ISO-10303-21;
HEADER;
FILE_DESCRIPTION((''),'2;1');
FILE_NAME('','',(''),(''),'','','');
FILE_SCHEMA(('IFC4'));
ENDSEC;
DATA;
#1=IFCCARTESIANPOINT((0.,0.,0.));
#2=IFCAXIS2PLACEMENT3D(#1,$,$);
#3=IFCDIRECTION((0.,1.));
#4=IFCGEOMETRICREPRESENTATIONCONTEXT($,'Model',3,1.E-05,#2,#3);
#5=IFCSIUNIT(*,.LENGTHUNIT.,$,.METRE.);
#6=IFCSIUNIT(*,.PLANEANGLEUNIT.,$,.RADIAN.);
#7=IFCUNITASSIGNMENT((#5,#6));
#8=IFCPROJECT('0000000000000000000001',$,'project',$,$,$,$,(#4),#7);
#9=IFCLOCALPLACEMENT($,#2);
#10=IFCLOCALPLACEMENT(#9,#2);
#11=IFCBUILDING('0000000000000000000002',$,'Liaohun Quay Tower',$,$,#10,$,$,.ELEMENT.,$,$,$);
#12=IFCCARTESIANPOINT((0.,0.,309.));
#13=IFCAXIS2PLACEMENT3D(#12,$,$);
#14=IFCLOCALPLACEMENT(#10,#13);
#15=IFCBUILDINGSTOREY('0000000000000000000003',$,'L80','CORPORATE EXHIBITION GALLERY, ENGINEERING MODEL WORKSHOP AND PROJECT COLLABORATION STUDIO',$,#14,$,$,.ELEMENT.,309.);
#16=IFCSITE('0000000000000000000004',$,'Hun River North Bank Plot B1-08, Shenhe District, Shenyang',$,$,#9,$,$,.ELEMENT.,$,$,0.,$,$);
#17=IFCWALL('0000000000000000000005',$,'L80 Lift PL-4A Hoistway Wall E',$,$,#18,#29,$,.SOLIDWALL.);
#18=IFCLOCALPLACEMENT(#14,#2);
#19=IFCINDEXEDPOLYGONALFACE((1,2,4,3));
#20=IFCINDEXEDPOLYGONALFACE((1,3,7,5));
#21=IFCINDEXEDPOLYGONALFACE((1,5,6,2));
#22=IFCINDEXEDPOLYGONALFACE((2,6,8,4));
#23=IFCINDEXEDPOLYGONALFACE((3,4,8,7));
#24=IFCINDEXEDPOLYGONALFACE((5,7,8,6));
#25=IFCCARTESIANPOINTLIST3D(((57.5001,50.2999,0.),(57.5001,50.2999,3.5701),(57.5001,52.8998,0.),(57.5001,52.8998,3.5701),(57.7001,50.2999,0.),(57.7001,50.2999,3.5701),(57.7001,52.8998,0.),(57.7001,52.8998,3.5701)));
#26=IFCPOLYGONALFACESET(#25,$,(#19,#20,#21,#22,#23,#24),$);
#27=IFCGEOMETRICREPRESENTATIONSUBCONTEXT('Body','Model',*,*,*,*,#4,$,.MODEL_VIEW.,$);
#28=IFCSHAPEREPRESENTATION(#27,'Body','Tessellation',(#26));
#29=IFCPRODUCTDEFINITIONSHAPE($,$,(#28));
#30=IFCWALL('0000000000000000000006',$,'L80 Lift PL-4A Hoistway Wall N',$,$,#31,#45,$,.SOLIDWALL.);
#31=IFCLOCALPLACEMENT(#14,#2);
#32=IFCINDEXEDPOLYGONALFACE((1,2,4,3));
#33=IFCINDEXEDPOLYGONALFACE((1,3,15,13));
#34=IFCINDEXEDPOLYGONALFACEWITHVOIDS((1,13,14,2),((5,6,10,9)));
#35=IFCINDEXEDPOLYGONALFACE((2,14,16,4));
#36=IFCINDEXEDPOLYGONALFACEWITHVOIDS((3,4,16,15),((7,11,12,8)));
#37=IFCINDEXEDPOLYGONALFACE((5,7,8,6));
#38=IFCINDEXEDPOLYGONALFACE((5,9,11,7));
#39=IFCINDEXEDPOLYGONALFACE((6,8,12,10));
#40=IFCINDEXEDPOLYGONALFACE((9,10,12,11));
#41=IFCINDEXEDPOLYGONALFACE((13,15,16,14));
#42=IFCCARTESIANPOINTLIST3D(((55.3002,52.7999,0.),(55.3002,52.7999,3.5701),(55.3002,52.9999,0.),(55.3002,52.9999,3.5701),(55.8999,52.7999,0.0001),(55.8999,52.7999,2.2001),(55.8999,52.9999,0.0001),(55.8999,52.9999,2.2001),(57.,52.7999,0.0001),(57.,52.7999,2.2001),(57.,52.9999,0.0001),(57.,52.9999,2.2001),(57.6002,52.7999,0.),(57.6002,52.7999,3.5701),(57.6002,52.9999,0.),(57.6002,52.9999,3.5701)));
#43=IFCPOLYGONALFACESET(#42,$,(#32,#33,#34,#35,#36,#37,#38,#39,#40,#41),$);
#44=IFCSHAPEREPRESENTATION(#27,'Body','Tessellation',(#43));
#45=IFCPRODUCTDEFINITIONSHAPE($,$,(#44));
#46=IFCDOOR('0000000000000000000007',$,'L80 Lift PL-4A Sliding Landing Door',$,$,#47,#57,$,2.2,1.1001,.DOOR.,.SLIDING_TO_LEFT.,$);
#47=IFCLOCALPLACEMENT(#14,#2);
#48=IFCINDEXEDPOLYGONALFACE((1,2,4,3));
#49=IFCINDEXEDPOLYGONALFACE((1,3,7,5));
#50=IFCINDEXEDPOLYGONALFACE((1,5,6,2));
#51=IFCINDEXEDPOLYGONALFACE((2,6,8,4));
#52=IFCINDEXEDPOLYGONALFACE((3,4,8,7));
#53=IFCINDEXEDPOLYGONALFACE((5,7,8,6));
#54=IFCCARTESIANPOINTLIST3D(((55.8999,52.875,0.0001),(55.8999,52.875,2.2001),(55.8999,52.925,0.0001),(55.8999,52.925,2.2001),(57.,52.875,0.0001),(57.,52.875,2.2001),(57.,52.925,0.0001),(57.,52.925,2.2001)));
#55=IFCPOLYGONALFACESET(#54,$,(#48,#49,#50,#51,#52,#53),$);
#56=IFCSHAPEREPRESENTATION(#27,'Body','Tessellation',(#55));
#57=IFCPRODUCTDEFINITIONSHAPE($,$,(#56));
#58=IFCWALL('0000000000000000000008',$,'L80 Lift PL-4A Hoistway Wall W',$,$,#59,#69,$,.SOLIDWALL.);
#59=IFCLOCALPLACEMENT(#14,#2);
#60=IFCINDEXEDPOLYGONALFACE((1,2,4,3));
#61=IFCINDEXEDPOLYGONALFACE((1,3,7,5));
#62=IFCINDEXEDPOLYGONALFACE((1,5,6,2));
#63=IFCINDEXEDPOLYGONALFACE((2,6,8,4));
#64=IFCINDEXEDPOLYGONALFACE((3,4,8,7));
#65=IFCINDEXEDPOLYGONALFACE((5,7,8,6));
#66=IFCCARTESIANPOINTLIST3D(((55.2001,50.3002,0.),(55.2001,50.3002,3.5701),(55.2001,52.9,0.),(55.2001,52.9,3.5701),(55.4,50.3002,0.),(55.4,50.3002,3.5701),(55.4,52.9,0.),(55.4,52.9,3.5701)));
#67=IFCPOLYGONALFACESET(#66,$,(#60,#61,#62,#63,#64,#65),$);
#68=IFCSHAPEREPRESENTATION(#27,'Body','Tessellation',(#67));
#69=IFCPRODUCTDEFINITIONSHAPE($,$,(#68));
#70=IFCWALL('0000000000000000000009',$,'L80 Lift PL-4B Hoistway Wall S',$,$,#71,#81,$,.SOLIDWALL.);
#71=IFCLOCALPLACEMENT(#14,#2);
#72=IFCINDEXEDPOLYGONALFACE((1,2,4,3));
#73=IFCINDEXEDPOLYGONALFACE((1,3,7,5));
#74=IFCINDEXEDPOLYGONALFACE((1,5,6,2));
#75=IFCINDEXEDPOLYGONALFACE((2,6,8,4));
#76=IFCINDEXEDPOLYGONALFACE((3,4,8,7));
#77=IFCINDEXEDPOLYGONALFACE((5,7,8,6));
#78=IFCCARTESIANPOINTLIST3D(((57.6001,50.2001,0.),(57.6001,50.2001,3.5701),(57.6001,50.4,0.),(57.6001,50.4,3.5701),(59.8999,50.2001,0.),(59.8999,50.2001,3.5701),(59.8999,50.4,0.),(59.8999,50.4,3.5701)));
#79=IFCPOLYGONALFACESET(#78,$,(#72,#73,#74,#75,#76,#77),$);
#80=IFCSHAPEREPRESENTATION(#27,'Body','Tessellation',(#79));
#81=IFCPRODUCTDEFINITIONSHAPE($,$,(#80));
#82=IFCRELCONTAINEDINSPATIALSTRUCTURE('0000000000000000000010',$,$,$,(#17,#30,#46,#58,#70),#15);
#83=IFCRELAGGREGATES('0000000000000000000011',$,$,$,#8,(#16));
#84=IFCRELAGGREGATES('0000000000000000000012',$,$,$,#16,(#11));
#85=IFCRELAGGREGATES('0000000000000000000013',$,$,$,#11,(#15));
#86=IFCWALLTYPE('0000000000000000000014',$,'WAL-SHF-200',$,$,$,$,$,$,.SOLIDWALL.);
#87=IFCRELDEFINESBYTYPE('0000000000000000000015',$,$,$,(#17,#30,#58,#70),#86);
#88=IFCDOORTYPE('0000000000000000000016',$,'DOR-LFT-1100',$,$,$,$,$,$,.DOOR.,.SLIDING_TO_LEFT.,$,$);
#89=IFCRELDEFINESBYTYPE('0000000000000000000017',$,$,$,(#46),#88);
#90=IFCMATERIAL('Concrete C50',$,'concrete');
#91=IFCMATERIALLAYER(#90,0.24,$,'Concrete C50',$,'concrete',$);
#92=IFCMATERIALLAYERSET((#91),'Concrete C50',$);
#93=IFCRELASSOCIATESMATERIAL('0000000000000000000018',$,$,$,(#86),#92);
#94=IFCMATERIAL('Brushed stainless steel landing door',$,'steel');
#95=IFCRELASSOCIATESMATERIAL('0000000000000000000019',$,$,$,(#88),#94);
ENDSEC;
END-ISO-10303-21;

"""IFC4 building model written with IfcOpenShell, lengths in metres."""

from ifc_helpers import new_model, si_unit, direction, frame, frame_2d, origin, place, context, subcontext, project, spatial, rectangle, extrude, source, transform, mapped, material, layer, layer_set, type_object, element, fill, save


model = new_model("IFC4")

# Units and contexts
model_context = context("Model", 3, precision=1e-05, world=origin(), true_north=direction((0.0, 1.0)))
body_context = subcontext(model_context, "Body", "Model", "MODEL_VIEW")
ifc_project = project(units=[si_unit("LENGTHUNIT", "METRE"), si_unit("PLANEANGLEUNIT", "RADIAN")], contexts=[model_context])

# Site, building, storey
site_placement = place(None, origin())
site = spatial("IfcSite", under=ifc_project, at=site_placement, Name="Hun River North Bank Plot B1-08, Shenhe District, Shenyang", CompositionType="ELEMENT", RefElevation=0.0)
building_placement = place(site_placement, origin())
building = spatial("IfcBuilding", under=site, at=building_placement, Name="Liaohun Quay Tower", CompositionType="ELEMENT")
storey_placement = place(building_placement, frame((0.0, 0.0, 309.0)))
storey = spatial("IfcBuildingStorey", under=building, at=storey_placement, Name="L80", Description="CORPORATE EXHIBITION GALLERY, ENGINEERING MODEL WORKSHOP AND PROJECT COLLABORATION STUDIO", CompositionType="ELEMENT", Elevation=309.0)

# Shared definitions
ifc_material_1 = material(Name="Concrete C50", Category="concrete")

# Shared definitions
ifc_layer_1 = layer(ifc_material_1, 0.24, Name="Concrete C50", Category="concrete")
ifc_layer_set_1 = layer_set([ifc_layer_1], Name="Concrete C50")
wall_type_1 = type_object("IfcWallType", Name="WAL-SHF-200", PredefinedType="SOLIDWALL", material=ifc_layer_set_1)

# Wall
wall_1_placement = place(storey_placement, frame((57.6001, 50.3, 0.0), z_axis=(0.0, 0.0, 1.0), x_axis=(0.0, 1.0, 0.0)))
element("IfcWall", 1, at=wall_1_placement, inside=storey, type_object=wall_type_1, Name="L80 Lift PL-4A Hoistway Wall E", PredefinedType="SOLIDWALL", context=body_context, shape_type="SweptSolid", body=[
    extrude(rectangle(XDim=2.5999, YDim=0.2, at=frame_2d((1.2998, 0.0))), origin(), (0.0, 0.0, 1.0), 3.5701),
])

# Wall, opening, door
wall_2_placement = place(storey_placement, frame((57.6001, 52.8999, 0.0), z_axis=(0.0, 0.0, 1.0), x_axis=(-1.0, 0.0, 0.0)))
wall_2 = element("IfcWall", 2, at=wall_2_placement, inside=storey, type_object=wall_type_1, Name="L80 Lift PL-4A Hoistway Wall N", PredefinedType="SOLIDWALL", context=body_context, shape_type="SweptSolid", body=[
    extrude(rectangle(XDim=2.3, YDim=0.2, at=frame_2d((1.1499, 0.0))), origin(), (0.0, 0.0, 1.0), 3.5701),
])
shared_shape_1 = source(origin(), body_context, "Body", "SweptSolid", [
    extrude(rectangle(XDim=1.1001, YDim=2.2, at=frame_2d((0.55, 1.1001))), frame((0.0, 0.1099, 0.0), z_axis=(0.0, -1.0, 0.0), x_axis=(1.0, 0.0, 0.0)), (0.0, 0.0, 1.0), 0.22),
])
opening_1_placement = place(wall_2_placement, frame((0.6001, 0.0, 0.0)))
opening_1 = element("IfcOpeningElement", 3, at=opening_1_placement, cuts=wall_2, PredefinedType="OPENING", context=body_context, shape_type="MappedRepresentation", body=[
    mapped(shared_shape_1, transform((0.0, 0.0, 0.0), x_axis=(1.0, 0.0, 0.0), y_axis=(0.0, 1.0, 0.0), z_axis=(0.0, 0.0, 1.0), scale=1.0)),
])
ifc_material_2 = material(Name="Brushed stainless steel landing door", Category="steel")
door_type_1 = type_object("IfcDoorType", Name="DOR-LFT-1100", OperationType="SLIDING_TO_LEFT", PredefinedType="DOOR", material=ifc_material_2)
shared_shape_2 = source(origin(), body_context, "Body", "SweptSolid", [
    extrude(rectangle(XDim=1.1001, YDim=2.2, at=frame_2d((0.55, 1.1001))), frame((0.0, 0.0249, 0.0), z_axis=(0.0, -1.0, 0.0), x_axis=(1.0, 0.0, 0.0)), (0.0, 0.0, 1.0), 0.05),
])
door_1_placement = place(opening_1_placement, origin())
door_1 = element("IfcDoor", 4, at=door_1_placement, inside=storey, type_object=door_type_1, Name="L80 Lift PL-4A Sliding Landing Door", OperationType="SLIDING_TO_LEFT", OverallHeight=2.2, OverallWidth=1.1001, PredefinedType="DOOR", context=body_context, shape_type="MappedRepresentation", body=[
    mapped(shared_shape_2, transform((0.0, 0.0, 0.0), x_axis=(1.0, 0.0, 0.0), y_axis=(0.0, 1.0, 0.0), z_axis=(0.0, 0.0, 1.0), scale=1.0)),
])
fill(opening_1, door_1)

# Walls
wall_3_placement = place(storey_placement, frame((55.3, 52.8999, 0.0), z_axis=(0.0, 0.0, 1.0), x_axis=(0.0, -1.0, 0.0)))
element("IfcWall", 5, at=wall_3_placement, inside=storey, type_object=wall_type_1, Name="L80 Lift PL-4A Hoistway Wall W", PredefinedType="SOLIDWALL", context=body_context, shape_type="SweptSolid", body=[
    extrude(rectangle(XDim=2.5999, YDim=0.2, at=frame_2d((1.2998, 0.0))), origin(), (0.0, 0.0, 1.0), 3.5701),
])
wall_4_placement = place(storey_placement, frame((57.6001, 50.3, 0.0), z_axis=(0.0, 0.0, 1.0), x_axis=(1.0, 0.0, 0.0)))
element("IfcWall", 6, at=wall_4_placement, inside=storey, type_object=wall_type_1, Name="L80 Lift PL-4B Hoistway Wall S", PredefinedType="SOLIDWALL", context=body_context, shape_type="SweptSolid", body=[
    extrude(rectangle(XDim=2.2998, YDim=0.2, at=frame_2d((1.1499, 0.0))), origin(), (0.0, 0.0, 1.0), 3.5701),
])

save(model, "model.ifc")
